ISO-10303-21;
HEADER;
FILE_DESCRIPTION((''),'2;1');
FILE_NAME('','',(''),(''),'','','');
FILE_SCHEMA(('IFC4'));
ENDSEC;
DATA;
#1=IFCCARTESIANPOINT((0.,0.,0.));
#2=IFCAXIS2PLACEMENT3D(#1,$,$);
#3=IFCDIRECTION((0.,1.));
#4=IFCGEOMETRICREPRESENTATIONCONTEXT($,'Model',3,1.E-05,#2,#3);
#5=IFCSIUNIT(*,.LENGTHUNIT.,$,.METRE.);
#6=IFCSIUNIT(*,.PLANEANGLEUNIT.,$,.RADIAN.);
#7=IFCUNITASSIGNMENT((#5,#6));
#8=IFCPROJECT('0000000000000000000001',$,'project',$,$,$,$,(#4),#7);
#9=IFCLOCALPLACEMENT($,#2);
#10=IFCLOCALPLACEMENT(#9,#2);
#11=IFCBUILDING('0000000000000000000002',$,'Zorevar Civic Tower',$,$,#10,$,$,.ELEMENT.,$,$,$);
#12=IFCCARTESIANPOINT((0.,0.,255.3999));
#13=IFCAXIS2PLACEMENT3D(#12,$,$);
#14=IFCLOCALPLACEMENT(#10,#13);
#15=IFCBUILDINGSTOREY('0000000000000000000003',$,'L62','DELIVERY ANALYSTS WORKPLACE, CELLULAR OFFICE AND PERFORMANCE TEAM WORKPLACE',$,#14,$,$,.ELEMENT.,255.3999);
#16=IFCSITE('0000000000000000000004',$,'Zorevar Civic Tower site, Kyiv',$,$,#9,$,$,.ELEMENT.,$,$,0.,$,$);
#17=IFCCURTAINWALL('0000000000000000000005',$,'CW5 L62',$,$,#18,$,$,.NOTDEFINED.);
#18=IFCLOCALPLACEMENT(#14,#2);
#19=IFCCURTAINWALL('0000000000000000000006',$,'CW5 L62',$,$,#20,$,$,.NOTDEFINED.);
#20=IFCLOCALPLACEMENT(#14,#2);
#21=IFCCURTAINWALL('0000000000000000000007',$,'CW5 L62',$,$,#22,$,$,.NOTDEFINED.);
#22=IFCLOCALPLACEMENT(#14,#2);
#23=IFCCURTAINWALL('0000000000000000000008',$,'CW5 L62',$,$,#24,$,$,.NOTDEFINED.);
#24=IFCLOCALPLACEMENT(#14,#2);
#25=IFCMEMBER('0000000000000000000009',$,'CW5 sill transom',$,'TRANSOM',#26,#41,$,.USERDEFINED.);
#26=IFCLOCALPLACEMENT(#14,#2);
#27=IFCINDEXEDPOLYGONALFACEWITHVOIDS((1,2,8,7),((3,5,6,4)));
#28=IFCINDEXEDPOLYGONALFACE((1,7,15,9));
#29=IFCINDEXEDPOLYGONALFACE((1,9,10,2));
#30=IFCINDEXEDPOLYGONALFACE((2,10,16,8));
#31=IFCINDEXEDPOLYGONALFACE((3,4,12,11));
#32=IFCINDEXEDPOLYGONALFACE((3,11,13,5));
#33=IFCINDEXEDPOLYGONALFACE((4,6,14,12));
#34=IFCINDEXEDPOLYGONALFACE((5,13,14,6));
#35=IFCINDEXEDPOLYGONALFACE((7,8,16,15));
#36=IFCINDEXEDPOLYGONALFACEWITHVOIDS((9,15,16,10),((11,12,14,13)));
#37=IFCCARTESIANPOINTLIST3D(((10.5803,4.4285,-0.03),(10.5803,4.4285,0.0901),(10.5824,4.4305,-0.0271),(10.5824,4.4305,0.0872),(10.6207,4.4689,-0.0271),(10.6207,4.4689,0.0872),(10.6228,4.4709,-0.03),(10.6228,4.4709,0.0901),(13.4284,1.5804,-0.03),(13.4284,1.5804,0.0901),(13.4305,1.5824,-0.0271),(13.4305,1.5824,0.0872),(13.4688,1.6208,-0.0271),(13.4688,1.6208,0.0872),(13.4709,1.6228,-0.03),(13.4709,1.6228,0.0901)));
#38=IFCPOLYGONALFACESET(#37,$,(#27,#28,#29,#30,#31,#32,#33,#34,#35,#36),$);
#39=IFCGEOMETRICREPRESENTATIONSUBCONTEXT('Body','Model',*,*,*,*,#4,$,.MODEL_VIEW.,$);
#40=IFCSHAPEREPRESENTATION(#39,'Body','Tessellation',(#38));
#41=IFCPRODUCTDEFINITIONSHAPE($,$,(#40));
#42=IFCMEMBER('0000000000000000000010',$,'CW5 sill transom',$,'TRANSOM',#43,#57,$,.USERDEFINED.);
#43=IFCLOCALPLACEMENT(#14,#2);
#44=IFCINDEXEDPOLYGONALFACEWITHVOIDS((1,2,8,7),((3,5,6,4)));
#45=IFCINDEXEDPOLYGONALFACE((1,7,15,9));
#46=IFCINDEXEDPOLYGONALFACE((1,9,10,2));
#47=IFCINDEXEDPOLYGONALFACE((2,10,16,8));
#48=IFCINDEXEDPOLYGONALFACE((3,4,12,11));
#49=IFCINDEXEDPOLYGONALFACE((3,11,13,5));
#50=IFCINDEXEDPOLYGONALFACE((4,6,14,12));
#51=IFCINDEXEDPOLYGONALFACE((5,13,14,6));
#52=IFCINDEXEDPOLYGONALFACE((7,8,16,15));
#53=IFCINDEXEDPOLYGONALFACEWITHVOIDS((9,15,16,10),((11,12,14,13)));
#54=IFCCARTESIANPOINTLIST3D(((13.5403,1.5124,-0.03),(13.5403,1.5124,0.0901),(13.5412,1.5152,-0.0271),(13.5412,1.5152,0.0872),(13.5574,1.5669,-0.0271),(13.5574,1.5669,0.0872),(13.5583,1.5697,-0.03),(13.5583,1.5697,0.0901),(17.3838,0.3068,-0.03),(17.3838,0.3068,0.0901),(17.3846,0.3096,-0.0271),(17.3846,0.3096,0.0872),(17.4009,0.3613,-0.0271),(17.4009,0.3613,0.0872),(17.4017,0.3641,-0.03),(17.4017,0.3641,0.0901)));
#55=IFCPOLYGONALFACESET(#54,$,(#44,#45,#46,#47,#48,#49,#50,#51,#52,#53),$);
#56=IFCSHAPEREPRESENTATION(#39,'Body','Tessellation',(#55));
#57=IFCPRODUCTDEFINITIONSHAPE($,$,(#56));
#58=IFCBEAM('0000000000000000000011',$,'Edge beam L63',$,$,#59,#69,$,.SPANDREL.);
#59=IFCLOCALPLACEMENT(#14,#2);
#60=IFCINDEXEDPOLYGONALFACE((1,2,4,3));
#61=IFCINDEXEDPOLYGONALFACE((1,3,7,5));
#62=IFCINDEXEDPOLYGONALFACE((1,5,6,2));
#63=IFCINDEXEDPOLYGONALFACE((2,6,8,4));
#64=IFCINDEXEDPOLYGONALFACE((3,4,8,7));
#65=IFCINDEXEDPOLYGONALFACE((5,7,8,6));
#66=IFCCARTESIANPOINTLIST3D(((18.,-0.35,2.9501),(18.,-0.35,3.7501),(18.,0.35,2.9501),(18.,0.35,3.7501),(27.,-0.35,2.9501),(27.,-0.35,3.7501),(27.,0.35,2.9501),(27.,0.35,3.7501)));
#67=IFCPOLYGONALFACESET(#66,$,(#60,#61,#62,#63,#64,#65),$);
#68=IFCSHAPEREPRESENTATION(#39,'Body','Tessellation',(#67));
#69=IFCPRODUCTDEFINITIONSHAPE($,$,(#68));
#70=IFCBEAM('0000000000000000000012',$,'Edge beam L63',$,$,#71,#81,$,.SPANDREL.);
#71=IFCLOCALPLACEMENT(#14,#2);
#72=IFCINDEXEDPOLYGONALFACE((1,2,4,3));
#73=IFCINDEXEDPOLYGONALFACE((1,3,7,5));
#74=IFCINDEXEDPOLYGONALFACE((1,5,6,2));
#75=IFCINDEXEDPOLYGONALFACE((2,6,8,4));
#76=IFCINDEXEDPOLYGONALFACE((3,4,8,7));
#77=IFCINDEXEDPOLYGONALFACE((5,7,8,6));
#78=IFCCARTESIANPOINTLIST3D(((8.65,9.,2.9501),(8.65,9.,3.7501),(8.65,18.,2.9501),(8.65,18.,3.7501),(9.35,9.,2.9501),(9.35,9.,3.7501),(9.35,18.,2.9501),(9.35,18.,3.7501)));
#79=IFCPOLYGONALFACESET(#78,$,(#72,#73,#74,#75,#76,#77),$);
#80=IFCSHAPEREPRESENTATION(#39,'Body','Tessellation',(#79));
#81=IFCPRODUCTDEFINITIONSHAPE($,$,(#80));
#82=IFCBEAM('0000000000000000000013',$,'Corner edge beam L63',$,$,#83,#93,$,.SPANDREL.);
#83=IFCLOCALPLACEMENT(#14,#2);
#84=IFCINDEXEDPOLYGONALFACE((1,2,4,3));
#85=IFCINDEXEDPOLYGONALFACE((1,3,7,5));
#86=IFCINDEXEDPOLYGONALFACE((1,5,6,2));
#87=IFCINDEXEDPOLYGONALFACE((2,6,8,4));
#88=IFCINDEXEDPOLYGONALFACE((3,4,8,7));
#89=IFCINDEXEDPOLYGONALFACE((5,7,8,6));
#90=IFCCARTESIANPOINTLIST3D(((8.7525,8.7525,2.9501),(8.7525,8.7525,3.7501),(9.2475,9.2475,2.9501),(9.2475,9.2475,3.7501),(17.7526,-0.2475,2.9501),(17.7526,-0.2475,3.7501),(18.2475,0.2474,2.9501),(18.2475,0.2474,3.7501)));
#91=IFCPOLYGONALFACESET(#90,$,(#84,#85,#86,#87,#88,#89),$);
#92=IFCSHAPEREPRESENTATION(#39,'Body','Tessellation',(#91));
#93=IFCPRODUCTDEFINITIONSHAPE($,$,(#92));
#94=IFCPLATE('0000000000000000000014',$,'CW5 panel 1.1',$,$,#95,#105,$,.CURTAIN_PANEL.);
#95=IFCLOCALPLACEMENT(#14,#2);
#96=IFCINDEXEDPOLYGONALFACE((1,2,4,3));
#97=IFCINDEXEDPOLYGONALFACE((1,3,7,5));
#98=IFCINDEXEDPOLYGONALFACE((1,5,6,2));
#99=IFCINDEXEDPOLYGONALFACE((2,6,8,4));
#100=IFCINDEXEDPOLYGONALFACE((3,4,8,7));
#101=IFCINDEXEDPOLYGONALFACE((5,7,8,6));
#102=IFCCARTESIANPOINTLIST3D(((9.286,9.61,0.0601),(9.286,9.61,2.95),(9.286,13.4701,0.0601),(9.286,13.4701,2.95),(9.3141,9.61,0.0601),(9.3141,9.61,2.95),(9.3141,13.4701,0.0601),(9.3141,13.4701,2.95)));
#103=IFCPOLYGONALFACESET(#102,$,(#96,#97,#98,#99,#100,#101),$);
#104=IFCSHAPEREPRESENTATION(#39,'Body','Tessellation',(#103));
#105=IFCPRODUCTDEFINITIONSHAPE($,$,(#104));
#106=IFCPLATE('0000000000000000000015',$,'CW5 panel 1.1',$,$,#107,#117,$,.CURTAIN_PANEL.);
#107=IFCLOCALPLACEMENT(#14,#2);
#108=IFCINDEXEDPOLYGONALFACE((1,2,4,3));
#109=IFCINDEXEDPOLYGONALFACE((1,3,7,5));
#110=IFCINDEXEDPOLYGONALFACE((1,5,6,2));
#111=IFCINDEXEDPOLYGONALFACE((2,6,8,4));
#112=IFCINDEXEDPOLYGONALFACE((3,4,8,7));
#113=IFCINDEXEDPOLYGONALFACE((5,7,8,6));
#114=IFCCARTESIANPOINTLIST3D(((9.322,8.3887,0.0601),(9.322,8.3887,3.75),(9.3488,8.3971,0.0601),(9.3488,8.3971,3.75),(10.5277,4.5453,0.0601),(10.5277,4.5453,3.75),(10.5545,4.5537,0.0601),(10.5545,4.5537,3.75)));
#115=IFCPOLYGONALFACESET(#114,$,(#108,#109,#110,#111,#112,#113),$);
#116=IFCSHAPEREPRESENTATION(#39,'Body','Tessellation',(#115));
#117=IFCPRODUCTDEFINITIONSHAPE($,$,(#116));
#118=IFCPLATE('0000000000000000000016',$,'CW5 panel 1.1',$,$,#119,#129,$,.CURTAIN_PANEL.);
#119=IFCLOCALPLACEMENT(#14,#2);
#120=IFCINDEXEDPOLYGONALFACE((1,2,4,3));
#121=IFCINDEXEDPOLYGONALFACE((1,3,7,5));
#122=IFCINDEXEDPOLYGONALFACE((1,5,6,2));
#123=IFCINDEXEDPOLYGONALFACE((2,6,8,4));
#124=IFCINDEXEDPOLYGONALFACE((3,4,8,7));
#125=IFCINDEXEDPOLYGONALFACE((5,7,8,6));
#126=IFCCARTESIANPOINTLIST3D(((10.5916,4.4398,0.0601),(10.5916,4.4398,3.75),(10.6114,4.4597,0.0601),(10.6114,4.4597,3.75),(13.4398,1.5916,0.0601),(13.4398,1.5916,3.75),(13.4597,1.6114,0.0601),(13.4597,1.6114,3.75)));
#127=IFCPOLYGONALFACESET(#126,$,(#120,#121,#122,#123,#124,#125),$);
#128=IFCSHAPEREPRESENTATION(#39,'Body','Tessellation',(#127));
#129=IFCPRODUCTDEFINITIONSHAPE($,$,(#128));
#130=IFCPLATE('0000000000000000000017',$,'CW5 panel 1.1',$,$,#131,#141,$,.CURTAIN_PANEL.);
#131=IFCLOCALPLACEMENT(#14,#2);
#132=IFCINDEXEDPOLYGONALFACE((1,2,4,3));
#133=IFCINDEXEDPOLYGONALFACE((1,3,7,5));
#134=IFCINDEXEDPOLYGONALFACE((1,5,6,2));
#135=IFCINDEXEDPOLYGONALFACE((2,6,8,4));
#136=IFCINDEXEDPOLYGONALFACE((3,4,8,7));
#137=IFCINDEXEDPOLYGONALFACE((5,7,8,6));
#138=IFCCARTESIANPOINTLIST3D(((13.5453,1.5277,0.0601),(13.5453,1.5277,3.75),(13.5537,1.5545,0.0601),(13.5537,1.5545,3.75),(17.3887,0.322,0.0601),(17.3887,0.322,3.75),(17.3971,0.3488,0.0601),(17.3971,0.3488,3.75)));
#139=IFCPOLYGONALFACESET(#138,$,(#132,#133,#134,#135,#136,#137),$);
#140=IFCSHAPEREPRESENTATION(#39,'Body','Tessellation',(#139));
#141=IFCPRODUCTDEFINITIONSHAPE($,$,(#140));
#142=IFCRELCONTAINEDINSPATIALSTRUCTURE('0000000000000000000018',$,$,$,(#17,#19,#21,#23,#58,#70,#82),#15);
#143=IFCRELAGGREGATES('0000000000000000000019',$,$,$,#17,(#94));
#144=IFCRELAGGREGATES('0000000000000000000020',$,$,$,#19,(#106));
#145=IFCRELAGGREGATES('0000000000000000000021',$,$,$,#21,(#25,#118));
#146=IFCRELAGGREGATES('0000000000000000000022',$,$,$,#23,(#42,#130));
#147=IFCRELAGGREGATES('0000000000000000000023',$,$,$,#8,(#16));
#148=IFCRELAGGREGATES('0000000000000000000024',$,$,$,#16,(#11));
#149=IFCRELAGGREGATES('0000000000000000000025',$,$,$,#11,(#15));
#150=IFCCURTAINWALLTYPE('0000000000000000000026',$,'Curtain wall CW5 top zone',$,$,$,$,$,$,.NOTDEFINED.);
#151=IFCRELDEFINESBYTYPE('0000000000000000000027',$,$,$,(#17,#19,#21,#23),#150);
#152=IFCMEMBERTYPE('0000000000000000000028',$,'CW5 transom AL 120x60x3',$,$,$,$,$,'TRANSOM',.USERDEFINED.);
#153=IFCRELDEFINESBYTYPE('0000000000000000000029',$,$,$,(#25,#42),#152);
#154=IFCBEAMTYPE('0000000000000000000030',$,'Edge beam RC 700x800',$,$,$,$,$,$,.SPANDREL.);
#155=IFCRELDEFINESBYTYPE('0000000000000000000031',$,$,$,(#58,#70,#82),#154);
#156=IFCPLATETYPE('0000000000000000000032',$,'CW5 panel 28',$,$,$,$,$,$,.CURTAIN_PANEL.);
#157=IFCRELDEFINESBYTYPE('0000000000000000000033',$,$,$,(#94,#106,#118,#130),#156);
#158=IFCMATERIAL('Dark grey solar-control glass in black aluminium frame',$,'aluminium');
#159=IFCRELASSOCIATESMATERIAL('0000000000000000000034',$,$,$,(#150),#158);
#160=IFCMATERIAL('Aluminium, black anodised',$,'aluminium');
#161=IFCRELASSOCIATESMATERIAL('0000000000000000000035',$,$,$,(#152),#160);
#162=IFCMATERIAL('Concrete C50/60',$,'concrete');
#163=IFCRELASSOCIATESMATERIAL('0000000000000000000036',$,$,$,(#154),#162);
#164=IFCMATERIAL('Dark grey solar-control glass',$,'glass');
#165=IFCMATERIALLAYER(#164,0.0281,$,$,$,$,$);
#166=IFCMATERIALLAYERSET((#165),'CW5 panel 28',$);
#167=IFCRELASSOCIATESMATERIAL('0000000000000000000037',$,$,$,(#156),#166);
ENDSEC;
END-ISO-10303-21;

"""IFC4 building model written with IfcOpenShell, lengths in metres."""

from ifc_helpers import new_model, si_unit, direction, frame, origin, origin_2d, place, context, subcontext, project, spatial, rectangle, hollow_rectangle, extrude, material, layer, layer_set, material_profile, profile_set, type_object, element, aggregate, save


model = new_model("IFC4")

# Units and contexts
model_context = context("Model", 3, precision=1e-05, world=origin(), true_north=direction((0.0, 1.0)))
body_context = subcontext(model_context, "Body", "Model", "MODEL_VIEW")
ifc_project = project(units=[si_unit("LENGTHUNIT", "METRE"), si_unit("PLANEANGLEUNIT", "RADIAN")], contexts=[model_context])

# Site, building, storey
site_placement = place(None, origin())
site = spatial("IfcSite", under=ifc_project, at=site_placement, Name="Zorevar Civic Tower site, Kyiv", CompositionType="ELEMENT", RefElevation=0.0)
building_placement = place(site_placement, origin())
building = spatial("IfcBuilding", under=site, at=building_placement, Name="Zorevar Civic Tower", CompositionType="ELEMENT")
storey_placement = place(building_placement, frame((0.0, 0.0, 255.3999)))
storey = spatial("IfcBuildingStorey", under=building, at=storey_placement, Name="L62", Description="DELIVERY ANALYSTS WORKPLACE, CELLULAR OFFICE AND PERFORMANCE TEAM WORKPLACE", CompositionType="ELEMENT", Elevation=255.3999)

# Curtain wall
ifc_material_1 = material(Name="Dark grey solar-control glass in black aluminium frame", Category="aluminium")
curtain_wall_type = type_object("IfcCurtainWallType", Name="Curtain wall CW5 top zone", PredefinedType="NOTDEFINED", material=ifc_material_1)
curtain_wall_1_placement = place(storey_placement, origin())
curtain_wall_1 = element("IfcCurtainWall", 1, at=curtain_wall_1_placement, inside=storey, type_object=curtain_wall_type, Name="CW5 L62", PredefinedType="NOTDEFINED")

# Curtain walls
curtain_wall_2_placement = place(storey_placement, origin())
curtain_wall_2 = element("IfcCurtainWall", 2, at=curtain_wall_2_placement, inside=storey, type_object=curtain_wall_type, Name="CW5 L62", PredefinedType="NOTDEFINED")
curtain_wall_3_placement = place(storey_placement, origin())
curtain_wall_3 = element("IfcCurtainWall", 3, at=curtain_wall_3_placement, inside=storey, type_object=curtain_wall_type, Name="CW5 L62", PredefinedType="NOTDEFINED")
curtain_wall_4_placement = place(storey_placement, origin())
curtain_wall_4 = element("IfcCurtainWall", 4, at=curtain_wall_4_placement, inside=storey, type_object=curtain_wall_type, Name="CW5 L62", PredefinedType="NOTDEFINED")

# Members
ifc_material_2 = material(Name="Aluminium, black anodised", Category="aluminium")
ifc_material_profile_1 = material_profile(ifc_material_2, hollow_rectangle(XDim=0.0601, YDim=0.1201, WallThickness=0.0029, at=origin_2d()), Name="AL 120x60x3")
ifc_profile_set_1 = profile_set([ifc_material_profile_1], Name="Aluminium, black anodised")
member_type_1 = type_object("IfcMemberType", Name="CW5 transom AL 120x60x3", ElementType="TRANSOM", PredefinedType="USERDEFINED", material=ifc_profile_set_1)
member_1_placement = place(storey_placement, frame((10.6016, 4.4497, 0.03), z_axis=(0.707107, -0.707107, 0.0), x_axis=(0.707107, 0.707107, 0.0)))
member_1 = element("IfcMember", 5, at=member_1_placement, type_object=member_type_1, Name="CW5 sill transom", ObjectType="TRANSOM", PredefinedType="USERDEFINED", context=body_context, shape_type="SweptSolid", body=[
    extrude(hollow_rectangle(XDim=0.0601, YDim=0.1201, WallThickness=0.0029, at=origin_2d()), origin(), (0.0, 0.0, 1.0), 4.0278),
])
member_2_placement = place(storey_placement, frame((13.5493, 1.541, 0.03), z_axis=(0.954163, -0.299286, 0.0), x_axis=(0.299286, 0.954163, 0.0)))
member_2 = element("IfcMember", 6, at=member_2_placement, type_object=member_type_1, Name="CW5 sill transom", ObjectType="TRANSOM", PredefinedType="USERDEFINED", context=body_context, shape_type="SweptSolid", body=[
    extrude(hollow_rectangle(XDim=0.0601, YDim=0.1201, WallThickness=0.0029, at=origin_2d()), origin(), (0.0, 0.0, 1.0), 4.0281),
])

# Beams
ifc_material_3 = material(Name="Concrete C50/60", Category="concrete")
ifc_material_profile_2 = material_profile(ifc_material_3, rectangle(XDim=0.7, YDim=0.8, at=origin_2d()), Name="RC 700x800")
ifc_profile_set_2 = profile_set([ifc_material_profile_2], Name="Concrete C50/60")
beam_type_1 = type_object("IfcBeamType", Name="Edge beam RC 700x800", PredefinedType="SPANDREL", material=ifc_profile_set_2)
for number, where, z_axis, x_axis, name in (
    (7, (18.0, 0.0, 3.3501), (1.0, 0.0, 0.0), (0.0, 1.0, 0.0), "Edge beam L63"),
    (8, (9.0, 9.0, 3.3501), (0.0, 1.0, 0.0), (-1.0, 0.0, 0.0), "Edge beam L63"),
):
    element("IfcBeam", number, at=place(storey_placement, frame(where, z_axis=z_axis, x_axis=x_axis)), inside=storey, type_object=beam_type_1, Name=name, PredefinedType="SPANDREL", context=body_context, shape_type="SweptSolid", body=[
        extrude(rectangle(XDim=0.7, YDim=0.8, at=origin_2d()), origin(), (0.0, 0.0, 1.0), 9.0),
    ])
beam_1_placement = place(storey_placement, frame((9.0, 9.0, 3.3501), z_axis=(0.707107, -0.707107, 0.0), x_axis=(0.707107, 0.707107, 0.0)))
element("IfcBeam", 9, at=beam_1_placement, inside=storey, type_object=beam_type_1, Name="Corner edge beam L63", PredefinedType="SPANDREL", context=body_context, shape_type="SweptSolid", body=[
    extrude(rectangle(XDim=0.7, YDim=0.8, at=origin_2d()), origin(), (0.0, 0.0, 1.0), 12.728),
])

# Plates
ifc_material_4 = material(Name="Dark grey solar-control glass", Category="glass")
ifc_layer = layer(ifc_material_4, 0.0281)
ifc_layer_set = layer_set([ifc_layer], Name="CW5 panel 28")
plate_type = type_object("IfcPlateType", Name="CW5 panel 28", PredefinedType="CURTAIN_PANEL", material=ifc_layer_set)
plate_1_placement = place(storey_placement, frame((9.3, 11.54, 0.0601), z_axis=(0.0, 0.0, 1.0), x_axis=(0.0, 1.0, 0.0)))
plate_1 = element("IfcPlate", 10, at=plate_1_placement, type_object=plate_type, Name="CW5 panel 1.1", PredefinedType="CURTAIN_PANEL", context=body_context, shape_type="SweptSolid", body=[
    extrude(rectangle(XDim=3.8601, YDim=0.0281, at=origin_2d()), origin(), (0.0, 0.0, 1.0), 2.8899),
])
aggregate(curtain_wall_1, [plate_1])
plate_2_placement = place(storey_placement, frame((9.9382, 6.4712, 0.0601), z_axis=(0.0, 0.0, 1.0), x_axis=(0.299318, -0.954153, 0.0)))
plate_2 = element("IfcPlate", 11, at=plate_2_placement, type_object=plate_type, Name="CW5 panel 1.1", PredefinedType="CURTAIN_PANEL", context=body_context, shape_type="SweptSolid", body=[
    extrude(rectangle(XDim=4.0281, YDim=0.0281, at=origin_2d()), origin(), (0.0, 0.0, 1.0), 3.6899),
])
aggregate(curtain_wall_2, [plate_2])
plate_3_placement = place(storey_placement, frame((12.0256, 3.0256, 0.0601), z_axis=(0.0, 0.0, 1.0), x_axis=(0.707107, -0.707107, 0.0)))
plate_3 = element("IfcPlate", 12, at=plate_3_placement, type_object=plate_type, Name="CW5 panel 1.1", PredefinedType="CURTAIN_PANEL", context=body_context, shape_type="SweptSolid", body=[
    extrude(rectangle(XDim=4.0281, YDim=0.0281, at=origin_2d()), origin(), (0.0, 0.0, 1.0), 3.6899),
])
aggregate(curtain_wall_3, [member_1, plate_3])
plate_4_placement = place(storey_placement, frame((15.4712, 0.9382, 0.0601), z_axis=(0.0, 0.0, 1.0), x_axis=(0.954153, -0.299318, 0.0)))
plate_4 = element("IfcPlate", 13, at=plate_4_placement, type_object=plate_type, Name="CW5 panel 1.1", PredefinedType="CURTAIN_PANEL", context=body_context, shape_type="SweptSolid", body=[
    extrude(rectangle(XDim=4.0281, YDim=0.0281, at=origin_2d()), origin(), (0.0, 0.0, 1.0), 3.6899),
])
aggregate(curtain_wall_4, [member_2, plate_4])

save(model, "model.ifc")
